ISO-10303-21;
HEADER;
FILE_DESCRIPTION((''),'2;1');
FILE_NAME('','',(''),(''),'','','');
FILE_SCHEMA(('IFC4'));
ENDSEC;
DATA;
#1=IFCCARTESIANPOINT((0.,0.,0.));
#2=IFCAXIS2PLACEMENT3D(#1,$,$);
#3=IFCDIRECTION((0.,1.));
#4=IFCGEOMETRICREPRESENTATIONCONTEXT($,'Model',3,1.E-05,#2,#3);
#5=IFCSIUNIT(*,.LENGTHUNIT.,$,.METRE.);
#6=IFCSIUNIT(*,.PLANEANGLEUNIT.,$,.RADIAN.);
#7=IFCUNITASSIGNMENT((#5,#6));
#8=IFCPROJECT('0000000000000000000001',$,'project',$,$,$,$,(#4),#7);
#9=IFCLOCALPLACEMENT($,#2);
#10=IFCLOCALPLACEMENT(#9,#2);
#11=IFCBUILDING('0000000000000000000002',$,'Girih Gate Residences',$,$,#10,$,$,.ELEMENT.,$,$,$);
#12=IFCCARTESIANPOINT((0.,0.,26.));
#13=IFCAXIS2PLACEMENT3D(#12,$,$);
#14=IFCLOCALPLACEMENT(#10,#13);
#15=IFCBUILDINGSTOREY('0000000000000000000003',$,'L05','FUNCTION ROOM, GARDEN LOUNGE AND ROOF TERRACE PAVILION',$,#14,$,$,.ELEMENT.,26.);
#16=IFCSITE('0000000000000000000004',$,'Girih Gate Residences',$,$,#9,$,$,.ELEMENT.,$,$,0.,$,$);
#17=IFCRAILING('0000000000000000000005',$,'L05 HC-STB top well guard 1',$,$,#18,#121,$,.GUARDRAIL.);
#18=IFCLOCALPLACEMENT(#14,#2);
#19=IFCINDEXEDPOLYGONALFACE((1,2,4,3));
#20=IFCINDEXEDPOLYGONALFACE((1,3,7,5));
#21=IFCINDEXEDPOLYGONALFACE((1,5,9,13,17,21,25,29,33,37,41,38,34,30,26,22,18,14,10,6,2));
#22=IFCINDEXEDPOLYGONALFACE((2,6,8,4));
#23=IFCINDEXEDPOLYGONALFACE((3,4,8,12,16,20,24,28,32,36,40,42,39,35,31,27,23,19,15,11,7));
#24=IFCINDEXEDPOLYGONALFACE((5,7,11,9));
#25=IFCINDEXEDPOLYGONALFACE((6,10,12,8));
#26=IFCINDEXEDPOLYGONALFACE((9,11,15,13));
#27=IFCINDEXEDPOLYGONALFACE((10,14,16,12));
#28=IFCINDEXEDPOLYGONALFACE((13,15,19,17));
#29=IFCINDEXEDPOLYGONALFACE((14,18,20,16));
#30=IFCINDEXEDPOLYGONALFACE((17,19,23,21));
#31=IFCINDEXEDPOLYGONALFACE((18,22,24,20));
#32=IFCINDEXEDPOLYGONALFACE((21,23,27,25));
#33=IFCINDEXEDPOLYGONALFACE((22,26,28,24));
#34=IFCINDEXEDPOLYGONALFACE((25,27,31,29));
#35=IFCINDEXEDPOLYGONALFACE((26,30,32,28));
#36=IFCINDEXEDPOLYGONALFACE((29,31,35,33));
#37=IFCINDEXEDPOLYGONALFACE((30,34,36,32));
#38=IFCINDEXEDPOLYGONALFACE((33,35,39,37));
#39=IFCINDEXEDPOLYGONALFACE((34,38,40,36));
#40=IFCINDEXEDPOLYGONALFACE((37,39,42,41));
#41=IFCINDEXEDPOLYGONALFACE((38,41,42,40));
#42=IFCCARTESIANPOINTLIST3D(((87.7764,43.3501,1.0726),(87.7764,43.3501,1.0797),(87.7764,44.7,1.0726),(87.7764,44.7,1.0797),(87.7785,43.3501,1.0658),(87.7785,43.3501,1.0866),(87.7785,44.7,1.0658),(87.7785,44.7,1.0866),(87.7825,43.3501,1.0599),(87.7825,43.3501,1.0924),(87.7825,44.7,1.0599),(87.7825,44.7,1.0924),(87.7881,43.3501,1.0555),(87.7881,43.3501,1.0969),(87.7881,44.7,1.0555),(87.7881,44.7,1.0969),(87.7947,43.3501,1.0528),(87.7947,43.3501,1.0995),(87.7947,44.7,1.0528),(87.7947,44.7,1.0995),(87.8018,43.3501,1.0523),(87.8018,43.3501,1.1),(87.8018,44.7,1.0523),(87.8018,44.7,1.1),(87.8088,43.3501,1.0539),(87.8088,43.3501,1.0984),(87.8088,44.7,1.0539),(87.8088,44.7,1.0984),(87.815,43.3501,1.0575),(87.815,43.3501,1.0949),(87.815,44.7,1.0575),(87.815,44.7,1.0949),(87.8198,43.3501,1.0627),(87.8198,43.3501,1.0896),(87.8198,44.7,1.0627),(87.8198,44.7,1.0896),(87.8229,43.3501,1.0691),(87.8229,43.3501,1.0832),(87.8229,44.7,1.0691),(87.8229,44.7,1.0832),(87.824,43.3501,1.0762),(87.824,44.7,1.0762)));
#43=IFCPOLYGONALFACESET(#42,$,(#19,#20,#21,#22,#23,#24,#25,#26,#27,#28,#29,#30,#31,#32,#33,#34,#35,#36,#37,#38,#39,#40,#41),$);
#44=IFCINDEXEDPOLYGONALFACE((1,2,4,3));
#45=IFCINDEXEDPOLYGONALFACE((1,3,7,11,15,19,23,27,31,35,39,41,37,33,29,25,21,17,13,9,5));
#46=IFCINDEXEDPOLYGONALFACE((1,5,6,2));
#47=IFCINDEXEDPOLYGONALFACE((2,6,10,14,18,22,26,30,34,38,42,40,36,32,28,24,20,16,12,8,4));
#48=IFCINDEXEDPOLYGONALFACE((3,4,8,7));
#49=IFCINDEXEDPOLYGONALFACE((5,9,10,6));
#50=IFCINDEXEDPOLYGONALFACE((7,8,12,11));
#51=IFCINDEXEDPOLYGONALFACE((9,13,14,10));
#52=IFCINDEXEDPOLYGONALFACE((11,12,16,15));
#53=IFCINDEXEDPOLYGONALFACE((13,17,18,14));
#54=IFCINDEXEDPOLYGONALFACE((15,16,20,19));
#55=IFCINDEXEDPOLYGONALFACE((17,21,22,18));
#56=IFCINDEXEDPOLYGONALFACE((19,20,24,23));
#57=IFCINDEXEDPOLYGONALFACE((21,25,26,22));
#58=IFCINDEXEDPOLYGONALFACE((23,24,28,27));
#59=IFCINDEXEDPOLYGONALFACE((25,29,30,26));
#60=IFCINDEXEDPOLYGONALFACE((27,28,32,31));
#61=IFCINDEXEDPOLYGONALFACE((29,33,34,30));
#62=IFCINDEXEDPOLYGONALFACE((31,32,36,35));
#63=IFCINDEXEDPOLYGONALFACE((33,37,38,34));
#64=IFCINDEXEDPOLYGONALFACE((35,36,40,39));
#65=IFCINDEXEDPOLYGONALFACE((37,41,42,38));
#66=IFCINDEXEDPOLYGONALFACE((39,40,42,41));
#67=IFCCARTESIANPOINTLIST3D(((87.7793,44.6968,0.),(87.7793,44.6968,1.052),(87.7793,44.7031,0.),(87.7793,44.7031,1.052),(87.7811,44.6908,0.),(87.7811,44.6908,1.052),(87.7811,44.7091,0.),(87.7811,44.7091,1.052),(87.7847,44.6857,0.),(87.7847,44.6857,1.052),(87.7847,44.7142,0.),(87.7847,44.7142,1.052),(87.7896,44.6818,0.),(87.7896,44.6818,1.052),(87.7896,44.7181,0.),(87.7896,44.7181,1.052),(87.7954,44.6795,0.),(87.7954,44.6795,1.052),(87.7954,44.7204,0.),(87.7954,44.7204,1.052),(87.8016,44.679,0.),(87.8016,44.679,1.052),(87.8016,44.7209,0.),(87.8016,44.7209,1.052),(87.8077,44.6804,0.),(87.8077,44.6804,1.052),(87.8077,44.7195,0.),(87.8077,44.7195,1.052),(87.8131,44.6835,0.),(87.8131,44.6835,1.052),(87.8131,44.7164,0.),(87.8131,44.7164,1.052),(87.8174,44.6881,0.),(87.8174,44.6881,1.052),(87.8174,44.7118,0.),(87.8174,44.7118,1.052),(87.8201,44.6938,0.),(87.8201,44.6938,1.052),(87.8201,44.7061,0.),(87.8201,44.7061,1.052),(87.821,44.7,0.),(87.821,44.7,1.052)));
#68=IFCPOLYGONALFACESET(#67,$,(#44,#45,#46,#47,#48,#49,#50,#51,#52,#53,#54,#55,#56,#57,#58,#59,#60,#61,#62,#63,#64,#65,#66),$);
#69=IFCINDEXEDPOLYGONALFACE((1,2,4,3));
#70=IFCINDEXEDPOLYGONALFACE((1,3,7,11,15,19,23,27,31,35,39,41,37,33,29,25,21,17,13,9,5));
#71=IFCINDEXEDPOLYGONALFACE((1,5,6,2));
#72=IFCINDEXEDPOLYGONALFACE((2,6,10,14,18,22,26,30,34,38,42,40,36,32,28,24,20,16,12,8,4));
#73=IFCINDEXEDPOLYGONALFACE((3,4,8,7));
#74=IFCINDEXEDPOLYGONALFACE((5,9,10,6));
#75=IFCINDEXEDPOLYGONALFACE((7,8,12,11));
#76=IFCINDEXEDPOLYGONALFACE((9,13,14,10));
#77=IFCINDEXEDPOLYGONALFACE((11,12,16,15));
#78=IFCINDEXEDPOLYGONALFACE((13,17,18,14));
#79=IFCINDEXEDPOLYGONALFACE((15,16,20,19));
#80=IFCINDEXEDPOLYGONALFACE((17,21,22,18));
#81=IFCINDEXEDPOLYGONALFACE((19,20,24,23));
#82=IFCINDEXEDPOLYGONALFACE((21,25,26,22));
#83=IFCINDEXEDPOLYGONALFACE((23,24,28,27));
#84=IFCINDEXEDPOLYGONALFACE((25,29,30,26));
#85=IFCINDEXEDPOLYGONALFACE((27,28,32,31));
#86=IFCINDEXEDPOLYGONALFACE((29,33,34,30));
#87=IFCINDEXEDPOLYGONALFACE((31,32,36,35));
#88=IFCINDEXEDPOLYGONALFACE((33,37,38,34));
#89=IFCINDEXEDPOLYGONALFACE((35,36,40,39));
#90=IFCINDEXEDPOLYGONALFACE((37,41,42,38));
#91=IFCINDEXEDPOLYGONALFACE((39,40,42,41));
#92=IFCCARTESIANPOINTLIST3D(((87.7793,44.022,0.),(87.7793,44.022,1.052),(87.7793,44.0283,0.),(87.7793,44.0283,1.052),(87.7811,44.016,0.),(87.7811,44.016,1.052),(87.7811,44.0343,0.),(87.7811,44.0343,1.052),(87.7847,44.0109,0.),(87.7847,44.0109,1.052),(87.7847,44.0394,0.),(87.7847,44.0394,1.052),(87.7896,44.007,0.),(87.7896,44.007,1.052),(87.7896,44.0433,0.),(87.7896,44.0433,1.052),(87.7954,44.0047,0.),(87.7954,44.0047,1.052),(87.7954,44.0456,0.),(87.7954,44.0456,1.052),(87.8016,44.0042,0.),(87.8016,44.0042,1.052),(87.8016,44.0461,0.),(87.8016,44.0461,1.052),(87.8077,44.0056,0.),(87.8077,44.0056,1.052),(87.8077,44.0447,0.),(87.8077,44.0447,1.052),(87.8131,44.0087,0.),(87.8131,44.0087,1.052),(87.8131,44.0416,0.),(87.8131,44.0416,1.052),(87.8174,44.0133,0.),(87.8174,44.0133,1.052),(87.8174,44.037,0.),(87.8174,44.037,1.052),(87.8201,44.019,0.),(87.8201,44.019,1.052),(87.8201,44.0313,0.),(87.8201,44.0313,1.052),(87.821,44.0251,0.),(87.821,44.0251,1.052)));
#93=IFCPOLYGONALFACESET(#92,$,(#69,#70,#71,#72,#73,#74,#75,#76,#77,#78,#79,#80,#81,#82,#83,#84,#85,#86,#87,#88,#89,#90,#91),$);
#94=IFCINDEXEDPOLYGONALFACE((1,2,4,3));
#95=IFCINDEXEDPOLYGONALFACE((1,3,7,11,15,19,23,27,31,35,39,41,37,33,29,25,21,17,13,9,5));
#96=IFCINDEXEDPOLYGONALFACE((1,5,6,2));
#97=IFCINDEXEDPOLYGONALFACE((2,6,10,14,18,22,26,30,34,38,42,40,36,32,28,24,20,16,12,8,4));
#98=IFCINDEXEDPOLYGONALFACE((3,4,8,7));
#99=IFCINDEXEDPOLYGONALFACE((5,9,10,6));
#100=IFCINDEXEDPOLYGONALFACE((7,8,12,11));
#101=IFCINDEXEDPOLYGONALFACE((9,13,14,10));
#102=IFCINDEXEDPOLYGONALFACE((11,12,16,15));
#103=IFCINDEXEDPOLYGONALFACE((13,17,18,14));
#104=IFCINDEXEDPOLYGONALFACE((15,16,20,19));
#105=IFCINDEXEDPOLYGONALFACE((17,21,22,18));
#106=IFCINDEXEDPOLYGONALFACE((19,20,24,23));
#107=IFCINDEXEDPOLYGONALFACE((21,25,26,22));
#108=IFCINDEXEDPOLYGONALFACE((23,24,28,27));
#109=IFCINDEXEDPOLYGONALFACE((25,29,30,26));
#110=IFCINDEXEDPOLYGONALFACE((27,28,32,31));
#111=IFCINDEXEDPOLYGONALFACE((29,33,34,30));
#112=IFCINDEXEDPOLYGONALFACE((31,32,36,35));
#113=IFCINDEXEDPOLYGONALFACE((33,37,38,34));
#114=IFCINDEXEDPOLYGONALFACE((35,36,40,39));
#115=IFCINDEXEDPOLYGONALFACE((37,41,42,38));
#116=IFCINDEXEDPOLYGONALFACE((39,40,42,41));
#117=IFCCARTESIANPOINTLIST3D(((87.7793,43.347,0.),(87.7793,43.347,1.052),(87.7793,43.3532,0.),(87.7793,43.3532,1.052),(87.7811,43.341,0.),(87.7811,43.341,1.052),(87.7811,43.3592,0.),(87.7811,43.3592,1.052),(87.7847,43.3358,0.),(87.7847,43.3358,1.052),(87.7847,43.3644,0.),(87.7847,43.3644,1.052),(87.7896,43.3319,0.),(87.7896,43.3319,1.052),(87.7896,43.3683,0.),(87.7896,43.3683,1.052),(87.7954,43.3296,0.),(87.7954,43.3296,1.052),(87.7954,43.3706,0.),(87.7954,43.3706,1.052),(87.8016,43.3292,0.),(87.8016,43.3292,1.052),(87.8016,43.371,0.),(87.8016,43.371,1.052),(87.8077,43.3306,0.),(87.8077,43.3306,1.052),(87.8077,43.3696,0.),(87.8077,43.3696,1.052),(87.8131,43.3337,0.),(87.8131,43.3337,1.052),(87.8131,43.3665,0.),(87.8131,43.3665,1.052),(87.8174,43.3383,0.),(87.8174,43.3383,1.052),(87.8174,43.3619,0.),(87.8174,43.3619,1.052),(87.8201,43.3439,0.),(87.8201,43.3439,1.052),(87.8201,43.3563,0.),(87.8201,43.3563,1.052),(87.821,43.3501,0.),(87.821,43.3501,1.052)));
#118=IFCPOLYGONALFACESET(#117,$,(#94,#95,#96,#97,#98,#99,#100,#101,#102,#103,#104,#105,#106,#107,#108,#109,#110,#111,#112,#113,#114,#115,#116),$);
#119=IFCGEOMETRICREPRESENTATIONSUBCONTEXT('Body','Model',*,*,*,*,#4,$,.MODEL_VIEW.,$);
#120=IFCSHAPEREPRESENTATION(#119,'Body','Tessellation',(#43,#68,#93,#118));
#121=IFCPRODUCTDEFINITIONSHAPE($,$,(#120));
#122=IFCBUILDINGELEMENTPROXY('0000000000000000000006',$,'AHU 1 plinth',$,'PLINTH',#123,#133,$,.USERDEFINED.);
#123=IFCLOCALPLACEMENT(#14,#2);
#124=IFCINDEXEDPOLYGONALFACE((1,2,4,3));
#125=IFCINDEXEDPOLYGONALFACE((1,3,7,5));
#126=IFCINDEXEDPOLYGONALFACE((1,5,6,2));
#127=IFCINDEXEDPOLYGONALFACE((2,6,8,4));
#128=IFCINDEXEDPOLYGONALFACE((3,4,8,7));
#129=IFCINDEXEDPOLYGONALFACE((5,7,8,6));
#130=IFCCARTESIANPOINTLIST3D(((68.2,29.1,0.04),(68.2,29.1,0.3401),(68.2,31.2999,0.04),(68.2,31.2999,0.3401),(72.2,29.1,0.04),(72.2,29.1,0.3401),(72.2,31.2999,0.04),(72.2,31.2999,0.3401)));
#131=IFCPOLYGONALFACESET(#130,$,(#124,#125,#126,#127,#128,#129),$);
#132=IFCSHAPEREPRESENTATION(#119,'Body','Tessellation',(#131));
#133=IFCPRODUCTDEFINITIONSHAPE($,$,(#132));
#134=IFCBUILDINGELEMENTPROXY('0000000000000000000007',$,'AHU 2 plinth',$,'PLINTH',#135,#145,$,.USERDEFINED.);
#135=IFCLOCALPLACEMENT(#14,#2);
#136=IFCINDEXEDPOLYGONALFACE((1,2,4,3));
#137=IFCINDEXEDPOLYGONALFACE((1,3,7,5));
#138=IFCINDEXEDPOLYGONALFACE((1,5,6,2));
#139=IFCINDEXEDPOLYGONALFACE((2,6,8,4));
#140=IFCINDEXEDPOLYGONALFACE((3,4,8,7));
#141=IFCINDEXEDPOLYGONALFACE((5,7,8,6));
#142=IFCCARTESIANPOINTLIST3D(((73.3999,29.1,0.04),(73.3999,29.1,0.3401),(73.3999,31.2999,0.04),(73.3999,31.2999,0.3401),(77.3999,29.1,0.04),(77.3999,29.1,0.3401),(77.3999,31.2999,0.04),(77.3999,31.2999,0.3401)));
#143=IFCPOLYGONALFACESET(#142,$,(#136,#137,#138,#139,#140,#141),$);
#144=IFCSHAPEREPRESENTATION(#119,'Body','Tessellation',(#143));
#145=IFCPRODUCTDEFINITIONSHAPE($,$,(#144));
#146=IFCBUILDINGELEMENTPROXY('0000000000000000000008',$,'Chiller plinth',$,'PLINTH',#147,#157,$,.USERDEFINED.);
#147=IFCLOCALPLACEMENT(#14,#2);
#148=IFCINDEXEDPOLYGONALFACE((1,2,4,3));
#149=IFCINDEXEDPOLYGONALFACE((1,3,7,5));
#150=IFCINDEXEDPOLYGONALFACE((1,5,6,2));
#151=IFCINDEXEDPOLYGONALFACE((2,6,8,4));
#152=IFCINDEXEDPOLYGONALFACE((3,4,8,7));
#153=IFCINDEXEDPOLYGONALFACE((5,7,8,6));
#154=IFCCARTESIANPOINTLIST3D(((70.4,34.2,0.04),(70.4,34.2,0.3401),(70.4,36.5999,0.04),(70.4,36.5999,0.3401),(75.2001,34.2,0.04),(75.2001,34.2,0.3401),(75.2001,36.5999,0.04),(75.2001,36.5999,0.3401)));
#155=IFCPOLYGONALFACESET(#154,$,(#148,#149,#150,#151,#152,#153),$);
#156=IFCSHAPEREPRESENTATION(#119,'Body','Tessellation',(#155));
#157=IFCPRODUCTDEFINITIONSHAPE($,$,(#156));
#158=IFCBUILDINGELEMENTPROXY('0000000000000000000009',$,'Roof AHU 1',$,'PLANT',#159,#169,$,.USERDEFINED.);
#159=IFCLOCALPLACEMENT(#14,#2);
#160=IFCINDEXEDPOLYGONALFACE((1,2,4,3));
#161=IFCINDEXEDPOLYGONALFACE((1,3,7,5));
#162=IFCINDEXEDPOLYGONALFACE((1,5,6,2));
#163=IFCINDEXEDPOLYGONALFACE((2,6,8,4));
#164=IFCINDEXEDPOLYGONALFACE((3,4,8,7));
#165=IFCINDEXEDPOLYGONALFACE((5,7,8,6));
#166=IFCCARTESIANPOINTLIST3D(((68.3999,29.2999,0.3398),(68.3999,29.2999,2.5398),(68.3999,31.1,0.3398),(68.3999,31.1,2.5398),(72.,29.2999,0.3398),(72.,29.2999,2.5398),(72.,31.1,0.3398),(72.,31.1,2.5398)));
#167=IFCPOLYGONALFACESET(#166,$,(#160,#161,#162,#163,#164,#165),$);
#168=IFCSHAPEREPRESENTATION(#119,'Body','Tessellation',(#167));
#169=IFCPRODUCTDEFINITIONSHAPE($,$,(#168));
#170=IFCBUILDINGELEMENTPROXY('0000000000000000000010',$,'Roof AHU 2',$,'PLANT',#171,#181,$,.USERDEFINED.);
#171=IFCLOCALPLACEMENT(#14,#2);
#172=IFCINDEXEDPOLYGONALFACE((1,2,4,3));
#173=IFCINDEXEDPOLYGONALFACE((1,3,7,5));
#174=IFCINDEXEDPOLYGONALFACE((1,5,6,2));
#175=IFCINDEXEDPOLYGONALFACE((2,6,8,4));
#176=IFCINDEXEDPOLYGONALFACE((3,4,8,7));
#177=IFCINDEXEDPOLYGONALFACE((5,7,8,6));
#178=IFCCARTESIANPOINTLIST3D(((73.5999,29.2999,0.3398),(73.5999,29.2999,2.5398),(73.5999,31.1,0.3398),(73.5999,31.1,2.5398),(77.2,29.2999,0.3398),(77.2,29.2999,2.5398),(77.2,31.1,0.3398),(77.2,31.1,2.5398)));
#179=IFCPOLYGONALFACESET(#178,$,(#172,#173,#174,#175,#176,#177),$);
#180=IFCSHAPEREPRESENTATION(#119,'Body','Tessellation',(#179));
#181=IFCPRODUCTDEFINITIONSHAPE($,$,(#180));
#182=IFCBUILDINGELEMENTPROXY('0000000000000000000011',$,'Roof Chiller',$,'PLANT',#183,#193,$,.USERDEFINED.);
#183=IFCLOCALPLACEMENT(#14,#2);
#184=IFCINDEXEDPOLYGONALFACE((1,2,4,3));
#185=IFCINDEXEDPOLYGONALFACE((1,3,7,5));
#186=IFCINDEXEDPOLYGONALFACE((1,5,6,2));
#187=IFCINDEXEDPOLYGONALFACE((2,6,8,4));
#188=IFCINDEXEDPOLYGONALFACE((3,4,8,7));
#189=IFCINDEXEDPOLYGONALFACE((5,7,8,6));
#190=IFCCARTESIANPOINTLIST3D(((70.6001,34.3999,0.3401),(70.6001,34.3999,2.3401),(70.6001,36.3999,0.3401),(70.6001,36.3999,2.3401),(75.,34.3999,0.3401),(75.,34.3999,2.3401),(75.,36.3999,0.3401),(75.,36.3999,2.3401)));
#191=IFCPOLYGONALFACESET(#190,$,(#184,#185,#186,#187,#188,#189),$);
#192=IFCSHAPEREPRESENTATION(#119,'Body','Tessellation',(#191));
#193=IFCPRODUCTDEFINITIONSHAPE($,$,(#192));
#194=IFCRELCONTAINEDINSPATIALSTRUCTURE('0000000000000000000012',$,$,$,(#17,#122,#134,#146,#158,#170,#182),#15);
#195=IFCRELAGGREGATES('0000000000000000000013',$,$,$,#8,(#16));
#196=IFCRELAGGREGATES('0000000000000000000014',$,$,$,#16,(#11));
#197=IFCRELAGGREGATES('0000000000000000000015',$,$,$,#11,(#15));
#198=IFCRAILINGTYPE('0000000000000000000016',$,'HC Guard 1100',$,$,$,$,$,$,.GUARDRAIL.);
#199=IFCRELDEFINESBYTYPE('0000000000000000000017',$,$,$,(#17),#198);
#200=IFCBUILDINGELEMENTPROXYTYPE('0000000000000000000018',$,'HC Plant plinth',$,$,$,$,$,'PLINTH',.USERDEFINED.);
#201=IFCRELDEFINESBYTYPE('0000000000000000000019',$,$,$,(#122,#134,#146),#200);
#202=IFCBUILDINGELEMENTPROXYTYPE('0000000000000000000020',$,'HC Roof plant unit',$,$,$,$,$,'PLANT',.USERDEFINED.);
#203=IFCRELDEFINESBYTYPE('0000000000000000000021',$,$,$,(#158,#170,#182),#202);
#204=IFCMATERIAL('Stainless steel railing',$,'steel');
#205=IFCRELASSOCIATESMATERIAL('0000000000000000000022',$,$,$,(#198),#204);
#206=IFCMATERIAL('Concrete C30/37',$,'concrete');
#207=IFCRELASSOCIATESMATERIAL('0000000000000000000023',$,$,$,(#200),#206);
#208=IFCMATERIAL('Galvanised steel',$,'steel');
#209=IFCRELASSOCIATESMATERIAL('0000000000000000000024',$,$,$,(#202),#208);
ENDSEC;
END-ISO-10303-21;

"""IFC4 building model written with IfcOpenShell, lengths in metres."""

from ifc_helpers import new_model, si_unit, direction, frame, origin, origin_2d, place, context, subcontext, project, spatial, rectangle, circle, extrude, material, type_object, element, save


model = new_model("IFC4")

# Units and contexts
model_context = context("Model", 3, precision=1e-05, world=origin(), true_north=direction((0.0, 1.0)))
body_context = subcontext(model_context, "Body", "Model", "MODEL_VIEW")
ifc_project = project(units=[si_unit("LENGTHUNIT", "METRE"), si_unit("PLANEANGLEUNIT", "RADIAN")], contexts=[model_context])

# Site, building, storey
site_placement = place(None, origin())
site = spatial("IfcSite", under=ifc_project, at=site_placement, Name="Girih Gate Residences", CompositionType="ELEMENT", RefElevation=0.0)
building_placement = place(site_placement, origin())
building = spatial("IfcBuilding", under=site, at=building_placement, Name="Girih Gate Residences", CompositionType="ELEMENT")
storey_placement = place(building_placement, frame((0.0, 0.0, 26.0)))
storey = spatial("IfcBuildingStorey", under=building, at=storey_placement, Name="L05", Description="FUNCTION ROOM, GARDEN LOUNGE AND ROOF TERRACE PAVILION", CompositionType="ELEMENT", Elevation=26.0)

# Railing
ifc_material_1 = material(Name="Stainless steel railing", Category="steel")
railing_type = type_object("IfcRailingType", Name="HC Guard 1100", PredefinedType="GUARDRAIL", material=ifc_material_1)
railing_placement = place(storey_placement, frame((87.8, 44.7, 0.0)))
element("IfcRailing", 1, at=railing_placement, inside=storey, type_object=railing_type, Name="L05 HC-STB top well guard 1", PredefinedType="GUARDRAIL", context=body_context, shape_type="SweptSolid", body=[
    extrude(circle(Radius=0.0239, at=origin_2d()), frame((0.0, 0.0, 1.0762), z_axis=(0.0, -1.0, 0.0), x_axis=(1.0, 0.0, 0.0)), (0.0, 0.0, 1.0), 1.3499),
    extrude(circle(Radius=0.021, at=origin_2d()), origin(), (0.0, 0.0, 1.0), 1.052),
    extrude(circle(Radius=0.021, at=origin_2d()), frame((0.0, -0.6748, 0.0)), (0.0, 0.0, 1.0), 1.052),
    extrude(circle(Radius=0.021, at=origin_2d()), frame((0.0, -1.3499, 0.0)), (0.0, 0.0, 1.0), 1.052),
])

# Building element proxies
ifc_material_2 = material(Name="Concrete C30/37", Category="concrete")
building_element_proxy_type_1 = type_object("IfcBuildingElementProxyType", Name="HC Plant plinth", ElementType="PLINTH", PredefinedType="USERDEFINED", material=ifc_material_2)
for number, where, z_axis, x_axis, name in (
    (2, (70.2, 30.2, 0.04), (0.0, 0.0, 1.0), (1.0, 0.0, 0.0), "AHU 1 plinth"),
    (3, (75.3999, 30.2, 0.04), (0.0, 0.0, 1.0), (1.0, 0.0, 0.0), "AHU 2 plinth"),
):
    element("IfcBuildingElementProxy", number, at=place(storey_placement, frame(where, z_axis=z_axis, x_axis=x_axis)), inside=storey, type_object=building_element_proxy_type_1, Name=name, ObjectType="PLINTH", PredefinedType="USERDEFINED", context=body_context, shape_type="SweptSolid", body=[
        extrude(rectangle(XDim=4.0, YDim=2.2, at=origin_2d()), origin(), (0.0, 0.0, 1.0), 0.3),
    ])
proxy_1_placement = place(storey_placement, frame((72.8, 35.3999, 0.04), z_axis=(0.0, 0.0, 1.0), x_axis=(1.0, 0.0, 0.0)))
element("IfcBuildingElementProxy", 4, at=proxy_1_placement, inside=storey, type_object=building_element_proxy_type_1, Name="Chiller plinth", ObjectType="PLINTH", PredefinedType="USERDEFINED", context=body_context, shape_type="SweptSolid", body=[
    extrude(rectangle(XDim=4.8, YDim=2.3999, at=origin_2d()), origin(), (0.0, 0.0, 1.0), 0.3),
])
ifc_material_3 = material(Name="Galvanised steel", Category="steel")
building_element_proxy_type_2 = type_object("IfcBuildingElementProxyType", Name="HC Roof plant unit", ElementType="PLANT", PredefinedType="USERDEFINED", material=ifc_material_3)
for number, where, z_axis, x_axis, name in (
    (5, (70.2, 30.2, 0.3398), (0.0, 0.0, 1.0), (1.0, 0.0, 0.0), "Roof AHU 1"),
    (6, (75.3999, 30.2, 0.3398), (0.0, 0.0, 1.0), (1.0, 0.0, 0.0), "Roof AHU 2"),
):
    element("IfcBuildingElementProxy", number, at=place(storey_placement, frame(where, z_axis=z_axis, x_axis=x_axis)), inside=storey, type_object=building_element_proxy_type_2, Name=name, ObjectType="PLANT", PredefinedType="USERDEFINED", context=body_context, shape_type="SweptSolid", body=[
        extrude(rectangle(XDim=3.6001, YDim=1.8, at=origin_2d()), origin(), (0.0, 0.0, 1.0), 2.2),
    ])
proxy_2_placement = place(storey_placement, frame((72.8, 35.3999, 0.3401), z_axis=(0.0, 0.0, 1.0), x_axis=(1.0, 0.0, 0.0)))
element("IfcBuildingElementProxy", 7, at=proxy_2_placement, inside=storey, type_object=building_element_proxy_type_2, Name="Roof Chiller", ObjectType="PLANT", PredefinedType="USERDEFINED", context=body_context, shape_type="SweptSolid", body=[
    extrude(rectangle(XDim=4.3999, YDim=2.0, at=origin_2d()), origin(), (0.0, 0.0, 1.0), 2.0),
])

save(model, "model.ifc")
